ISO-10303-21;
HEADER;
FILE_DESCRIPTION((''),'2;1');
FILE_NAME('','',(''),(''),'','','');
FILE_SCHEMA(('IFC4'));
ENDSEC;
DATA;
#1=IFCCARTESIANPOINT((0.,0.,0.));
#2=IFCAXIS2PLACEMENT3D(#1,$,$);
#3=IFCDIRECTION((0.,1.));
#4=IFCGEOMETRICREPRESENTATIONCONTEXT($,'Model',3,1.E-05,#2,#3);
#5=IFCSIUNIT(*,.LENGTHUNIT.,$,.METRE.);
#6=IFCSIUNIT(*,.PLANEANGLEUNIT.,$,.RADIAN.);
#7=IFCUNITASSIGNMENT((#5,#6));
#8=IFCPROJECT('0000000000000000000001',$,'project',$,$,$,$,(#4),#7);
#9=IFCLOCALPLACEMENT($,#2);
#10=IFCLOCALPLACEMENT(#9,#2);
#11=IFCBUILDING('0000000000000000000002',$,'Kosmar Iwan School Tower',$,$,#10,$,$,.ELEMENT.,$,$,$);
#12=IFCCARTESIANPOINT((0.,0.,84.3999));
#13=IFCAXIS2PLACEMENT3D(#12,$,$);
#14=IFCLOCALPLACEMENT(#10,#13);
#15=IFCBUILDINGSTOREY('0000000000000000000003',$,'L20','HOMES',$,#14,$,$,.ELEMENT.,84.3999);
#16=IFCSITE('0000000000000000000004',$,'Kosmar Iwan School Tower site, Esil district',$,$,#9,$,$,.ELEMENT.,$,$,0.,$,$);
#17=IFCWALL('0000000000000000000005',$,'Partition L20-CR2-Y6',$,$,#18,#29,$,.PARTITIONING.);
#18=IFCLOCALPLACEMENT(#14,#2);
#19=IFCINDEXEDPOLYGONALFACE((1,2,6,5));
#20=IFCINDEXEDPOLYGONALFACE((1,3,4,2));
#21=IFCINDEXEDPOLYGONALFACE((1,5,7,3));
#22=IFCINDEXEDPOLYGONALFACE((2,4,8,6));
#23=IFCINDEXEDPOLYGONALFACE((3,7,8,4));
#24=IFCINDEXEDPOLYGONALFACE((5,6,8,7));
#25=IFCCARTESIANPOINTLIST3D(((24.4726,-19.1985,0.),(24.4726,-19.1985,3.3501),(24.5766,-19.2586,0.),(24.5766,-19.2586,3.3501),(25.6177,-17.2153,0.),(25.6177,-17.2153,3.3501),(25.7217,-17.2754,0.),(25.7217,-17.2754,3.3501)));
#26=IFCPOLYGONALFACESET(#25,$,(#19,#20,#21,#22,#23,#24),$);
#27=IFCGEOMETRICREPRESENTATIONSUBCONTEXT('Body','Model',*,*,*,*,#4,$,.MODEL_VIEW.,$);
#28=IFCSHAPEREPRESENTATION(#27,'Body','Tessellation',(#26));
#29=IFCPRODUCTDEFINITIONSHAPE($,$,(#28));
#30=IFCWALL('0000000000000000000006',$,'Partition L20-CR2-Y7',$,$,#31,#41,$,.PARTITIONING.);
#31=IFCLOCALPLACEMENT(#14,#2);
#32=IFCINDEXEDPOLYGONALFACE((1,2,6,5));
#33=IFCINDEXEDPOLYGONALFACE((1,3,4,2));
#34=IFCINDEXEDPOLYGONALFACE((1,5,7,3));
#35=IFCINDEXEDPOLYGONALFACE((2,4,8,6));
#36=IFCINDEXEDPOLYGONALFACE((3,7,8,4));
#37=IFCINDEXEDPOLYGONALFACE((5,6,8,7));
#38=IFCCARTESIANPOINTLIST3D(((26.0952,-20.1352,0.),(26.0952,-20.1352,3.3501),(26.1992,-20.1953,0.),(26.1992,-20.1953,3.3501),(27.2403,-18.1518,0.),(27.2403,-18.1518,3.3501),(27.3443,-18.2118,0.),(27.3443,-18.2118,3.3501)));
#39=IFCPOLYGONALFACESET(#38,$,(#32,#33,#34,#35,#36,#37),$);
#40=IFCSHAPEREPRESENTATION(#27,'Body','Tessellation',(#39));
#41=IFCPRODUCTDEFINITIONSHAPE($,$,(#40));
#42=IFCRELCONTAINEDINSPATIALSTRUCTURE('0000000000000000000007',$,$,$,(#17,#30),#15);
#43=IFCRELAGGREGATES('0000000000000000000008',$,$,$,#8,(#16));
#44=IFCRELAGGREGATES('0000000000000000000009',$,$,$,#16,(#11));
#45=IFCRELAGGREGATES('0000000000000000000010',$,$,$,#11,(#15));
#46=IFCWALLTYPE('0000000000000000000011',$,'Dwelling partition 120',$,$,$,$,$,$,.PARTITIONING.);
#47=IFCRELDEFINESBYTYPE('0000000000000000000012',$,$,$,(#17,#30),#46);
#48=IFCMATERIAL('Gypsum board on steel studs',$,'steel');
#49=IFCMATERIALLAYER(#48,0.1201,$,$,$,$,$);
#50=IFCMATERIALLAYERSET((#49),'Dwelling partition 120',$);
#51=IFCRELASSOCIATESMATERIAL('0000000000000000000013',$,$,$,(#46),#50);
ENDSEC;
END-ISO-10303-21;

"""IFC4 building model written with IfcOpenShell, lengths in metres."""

from ifc_helpers import new_model, si_unit, direction, frame, frame_2d, origin, place, context, subcontext, project, spatial, rectangle, extrude, material, layer, layer_set, type_object, element, save


model = new_model("IFC4")

# Units and contexts
model_context = context("Model", 3, precision=1e-05, world=origin(), true_north=direction((0.0, 1.0)))
body_context = subcontext(model_context, "Body", "Model", "MODEL_VIEW")
ifc_project = project(units=[si_unit("LENGTHUNIT", "METRE"), si_unit("PLANEANGLEUNIT", "RADIAN")], contexts=[model_context])

# Site, building, storey
site_placement = place(None, origin())
site = spatial("IfcSite", under=ifc_project, at=site_placement, Name="Kosmar Iwan School Tower site, Esil district", CompositionType="ELEMENT", RefElevation=0.0)
building_placement = place(site_placement, origin())
building = spatial("IfcBuilding", under=site, at=building_placement, Name="Kosmar Iwan School Tower", CompositionType="ELEMENT")
storey_placement = place(building_placement, frame((0.0, 0.0, 84.3999)))
storey = spatial("IfcBuildingStorey", under=building, at=storey_placement, Name="L20", Description="HOMES", CompositionType="ELEMENT", Elevation=84.3999)

# Shared definitions
ifc_material_1 = material(Name="Gypsum board on steel studs", Category="steel")
ifc_layer_1 = layer(ifc_material_1, 0.1201)
ifc_layer_set_1 = layer_set([ifc_layer_1], Name="Dwelling partition 120")
wall_type = type_object("IfcWallType", Name="Dwelling partition 120", PredefinedType="PARTITIONING", material=ifc_layer_set_1)

# Walls
wall_1_placement = place(storey_placement, frame((25.6697, -17.2454, 0.0), z_axis=(0.0, 0.0, 1.0), x_axis=(-0.500015, -0.866017, 0.0)))
element("IfcWall", 1, at=wall_1_placement, inside=storey, type_object=wall_type, Name="Partition L20-CR2-Y6", PredefinedType="PARTITIONING", context=body_context, shape_type="SweptSolid", body=[
    extrude(rectangle(XDim=2.29, YDim=0.1201, at=frame_2d((1.145, 0.0))), origin(), (0.0, 0.0, 1.0), 3.3501),
])
wall_2_placement = place(storey_placement, frame((27.2922, -18.1819, 0.0), z_axis=(0.0, 0.0, 1.0), x_axis=(-0.499969, -0.866044, 0.0)))
element("IfcWall", 2, at=wall_2_placement, inside=storey, type_object=wall_type, Name="Partition L20-CR2-Y7", PredefinedType="PARTITIONING", context=body_context, shape_type="SweptSolid", body=[
    extrude(rectangle(XDim=2.2903, YDim=0.1201, at=frame_2d((1.145, 0.0))), origin(), (0.0, 0.0, 1.0), 3.3501),
])

save(model, "model.ifc")
